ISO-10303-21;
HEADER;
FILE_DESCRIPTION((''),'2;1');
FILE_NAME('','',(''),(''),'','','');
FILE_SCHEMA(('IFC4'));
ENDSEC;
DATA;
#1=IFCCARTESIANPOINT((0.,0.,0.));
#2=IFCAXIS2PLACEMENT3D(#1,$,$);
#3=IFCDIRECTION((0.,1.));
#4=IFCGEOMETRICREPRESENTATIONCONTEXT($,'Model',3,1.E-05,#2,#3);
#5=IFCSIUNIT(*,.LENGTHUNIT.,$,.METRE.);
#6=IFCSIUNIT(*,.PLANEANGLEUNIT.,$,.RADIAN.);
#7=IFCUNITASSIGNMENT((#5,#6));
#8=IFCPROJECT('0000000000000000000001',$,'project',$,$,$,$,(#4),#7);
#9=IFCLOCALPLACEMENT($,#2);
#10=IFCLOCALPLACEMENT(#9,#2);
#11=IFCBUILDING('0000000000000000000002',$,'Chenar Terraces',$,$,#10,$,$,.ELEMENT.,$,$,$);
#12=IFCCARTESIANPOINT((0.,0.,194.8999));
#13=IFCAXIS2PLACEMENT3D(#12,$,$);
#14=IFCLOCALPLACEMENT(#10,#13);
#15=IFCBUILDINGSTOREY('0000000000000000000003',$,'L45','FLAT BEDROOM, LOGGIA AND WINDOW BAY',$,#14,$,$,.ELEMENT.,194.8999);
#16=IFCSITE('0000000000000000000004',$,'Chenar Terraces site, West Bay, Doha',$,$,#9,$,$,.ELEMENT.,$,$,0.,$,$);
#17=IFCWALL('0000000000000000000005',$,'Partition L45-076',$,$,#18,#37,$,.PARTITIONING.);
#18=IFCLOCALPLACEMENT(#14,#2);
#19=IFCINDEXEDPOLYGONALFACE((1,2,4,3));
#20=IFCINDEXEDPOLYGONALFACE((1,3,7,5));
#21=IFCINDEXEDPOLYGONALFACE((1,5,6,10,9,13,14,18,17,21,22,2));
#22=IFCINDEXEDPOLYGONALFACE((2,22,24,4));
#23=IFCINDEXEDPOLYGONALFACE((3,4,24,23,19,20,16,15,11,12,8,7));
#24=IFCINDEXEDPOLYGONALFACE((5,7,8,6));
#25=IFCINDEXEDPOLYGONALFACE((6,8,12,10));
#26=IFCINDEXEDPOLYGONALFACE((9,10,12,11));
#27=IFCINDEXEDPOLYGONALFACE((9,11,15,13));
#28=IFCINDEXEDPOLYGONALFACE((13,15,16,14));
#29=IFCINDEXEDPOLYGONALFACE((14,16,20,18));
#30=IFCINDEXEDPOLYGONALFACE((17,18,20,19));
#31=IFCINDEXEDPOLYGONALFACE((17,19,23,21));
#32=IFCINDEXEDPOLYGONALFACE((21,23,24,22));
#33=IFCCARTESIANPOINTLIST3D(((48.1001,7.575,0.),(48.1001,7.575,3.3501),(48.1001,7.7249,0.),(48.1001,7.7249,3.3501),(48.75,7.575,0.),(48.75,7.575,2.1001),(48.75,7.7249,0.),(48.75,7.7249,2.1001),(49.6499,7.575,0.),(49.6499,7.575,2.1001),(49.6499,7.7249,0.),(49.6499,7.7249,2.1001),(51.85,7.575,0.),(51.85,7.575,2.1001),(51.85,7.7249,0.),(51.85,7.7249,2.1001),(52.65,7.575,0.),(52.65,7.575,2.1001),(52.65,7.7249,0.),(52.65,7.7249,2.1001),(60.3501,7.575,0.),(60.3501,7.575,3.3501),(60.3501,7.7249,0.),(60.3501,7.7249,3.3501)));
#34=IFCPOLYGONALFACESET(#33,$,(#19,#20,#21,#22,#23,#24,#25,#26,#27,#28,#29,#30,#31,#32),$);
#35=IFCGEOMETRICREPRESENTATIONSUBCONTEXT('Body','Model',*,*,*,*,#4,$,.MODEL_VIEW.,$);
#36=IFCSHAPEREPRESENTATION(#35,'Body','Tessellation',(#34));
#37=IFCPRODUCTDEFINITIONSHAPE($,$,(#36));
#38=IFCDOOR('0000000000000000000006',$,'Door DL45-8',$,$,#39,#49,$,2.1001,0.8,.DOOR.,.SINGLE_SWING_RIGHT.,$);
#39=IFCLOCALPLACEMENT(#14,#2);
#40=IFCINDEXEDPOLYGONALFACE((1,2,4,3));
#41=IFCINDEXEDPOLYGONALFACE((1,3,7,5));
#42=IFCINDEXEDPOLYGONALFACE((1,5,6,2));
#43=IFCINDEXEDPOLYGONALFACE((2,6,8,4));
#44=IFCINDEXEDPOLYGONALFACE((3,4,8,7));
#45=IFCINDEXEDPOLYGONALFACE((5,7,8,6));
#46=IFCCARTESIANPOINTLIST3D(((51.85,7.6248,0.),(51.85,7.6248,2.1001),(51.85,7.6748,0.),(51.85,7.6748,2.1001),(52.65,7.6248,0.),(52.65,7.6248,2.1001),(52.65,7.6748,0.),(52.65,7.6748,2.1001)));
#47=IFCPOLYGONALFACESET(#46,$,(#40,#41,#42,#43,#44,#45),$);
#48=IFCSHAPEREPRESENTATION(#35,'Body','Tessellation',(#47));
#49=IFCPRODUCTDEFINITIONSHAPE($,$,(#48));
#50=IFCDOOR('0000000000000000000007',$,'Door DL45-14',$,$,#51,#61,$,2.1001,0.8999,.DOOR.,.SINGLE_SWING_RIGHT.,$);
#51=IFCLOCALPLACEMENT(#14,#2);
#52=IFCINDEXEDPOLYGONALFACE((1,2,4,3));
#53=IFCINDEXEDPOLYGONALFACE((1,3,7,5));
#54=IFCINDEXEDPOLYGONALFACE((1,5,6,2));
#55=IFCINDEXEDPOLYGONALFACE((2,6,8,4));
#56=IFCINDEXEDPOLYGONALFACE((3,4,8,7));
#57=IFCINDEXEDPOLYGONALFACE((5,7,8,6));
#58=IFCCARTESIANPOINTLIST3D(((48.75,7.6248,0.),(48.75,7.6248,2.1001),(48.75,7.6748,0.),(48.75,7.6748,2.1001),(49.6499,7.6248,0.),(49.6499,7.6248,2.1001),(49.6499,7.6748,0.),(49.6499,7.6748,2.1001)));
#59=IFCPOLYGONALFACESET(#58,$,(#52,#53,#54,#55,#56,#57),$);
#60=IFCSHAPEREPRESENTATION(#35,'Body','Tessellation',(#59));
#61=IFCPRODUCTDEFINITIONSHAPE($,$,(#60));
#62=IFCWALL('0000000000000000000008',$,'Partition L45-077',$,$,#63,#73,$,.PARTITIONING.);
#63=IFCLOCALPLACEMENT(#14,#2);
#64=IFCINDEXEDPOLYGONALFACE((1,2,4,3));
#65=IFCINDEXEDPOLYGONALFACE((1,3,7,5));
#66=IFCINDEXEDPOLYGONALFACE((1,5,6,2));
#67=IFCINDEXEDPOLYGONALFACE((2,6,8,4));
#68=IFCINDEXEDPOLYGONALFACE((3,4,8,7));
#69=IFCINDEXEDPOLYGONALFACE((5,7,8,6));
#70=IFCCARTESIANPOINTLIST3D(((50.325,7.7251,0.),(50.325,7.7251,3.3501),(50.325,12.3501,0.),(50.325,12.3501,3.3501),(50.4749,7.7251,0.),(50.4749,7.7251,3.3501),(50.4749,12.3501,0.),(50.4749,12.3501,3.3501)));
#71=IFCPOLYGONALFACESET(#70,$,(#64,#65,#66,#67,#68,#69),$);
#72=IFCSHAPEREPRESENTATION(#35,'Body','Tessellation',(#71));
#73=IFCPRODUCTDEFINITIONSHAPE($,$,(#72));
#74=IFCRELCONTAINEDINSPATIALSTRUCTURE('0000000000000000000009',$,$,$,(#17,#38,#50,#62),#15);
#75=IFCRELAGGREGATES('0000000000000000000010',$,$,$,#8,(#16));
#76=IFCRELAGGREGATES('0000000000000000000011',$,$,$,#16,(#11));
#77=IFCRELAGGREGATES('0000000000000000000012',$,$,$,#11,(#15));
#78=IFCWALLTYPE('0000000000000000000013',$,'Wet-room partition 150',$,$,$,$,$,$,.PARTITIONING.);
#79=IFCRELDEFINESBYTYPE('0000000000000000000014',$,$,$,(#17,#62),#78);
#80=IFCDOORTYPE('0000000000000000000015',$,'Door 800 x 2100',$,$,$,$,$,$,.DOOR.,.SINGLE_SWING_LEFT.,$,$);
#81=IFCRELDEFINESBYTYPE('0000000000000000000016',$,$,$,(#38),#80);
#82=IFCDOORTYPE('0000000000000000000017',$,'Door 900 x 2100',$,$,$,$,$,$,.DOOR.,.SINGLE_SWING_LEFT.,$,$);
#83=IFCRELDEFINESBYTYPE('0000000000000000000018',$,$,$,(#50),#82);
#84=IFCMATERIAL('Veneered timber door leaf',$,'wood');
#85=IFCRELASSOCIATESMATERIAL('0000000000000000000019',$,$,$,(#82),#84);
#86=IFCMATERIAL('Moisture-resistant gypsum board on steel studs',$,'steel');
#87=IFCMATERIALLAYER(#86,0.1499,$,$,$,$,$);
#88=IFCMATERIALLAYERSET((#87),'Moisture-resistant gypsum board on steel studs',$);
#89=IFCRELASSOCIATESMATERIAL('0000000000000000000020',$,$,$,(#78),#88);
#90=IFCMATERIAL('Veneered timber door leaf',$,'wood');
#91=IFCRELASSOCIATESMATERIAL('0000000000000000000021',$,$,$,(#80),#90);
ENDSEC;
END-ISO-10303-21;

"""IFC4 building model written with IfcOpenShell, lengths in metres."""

from ifc_helpers import new_model, si_unit, direction, frame, frame_2d, origin, place, context, subcontext, project, spatial, rectangle, extrude, material, layer, layer_set, type_object, element, fill, save


model = new_model("IFC4")

# Units and contexts
model_context = context("Model", 3, precision=1e-05, world=origin(), true_north=direction((0.0, 1.0)))
body_context = subcontext(model_context, "Body", "Model", "MODEL_VIEW")
ifc_project = project(units=[si_unit("LENGTHUNIT", "METRE"), si_unit("PLANEANGLEUNIT", "RADIAN")], contexts=[model_context])

# Site, building, storey
site_placement = place(None, origin())
site = spatial("IfcSite", under=ifc_project, at=site_placement, Name="Chenar Terraces site, West Bay, Doha", CompositionType="ELEMENT", RefElevation=0.0)
building_placement = place(site_placement, origin())
building = spatial("IfcBuilding", under=site, at=building_placement, Name="Chenar Terraces", CompositionType="ELEMENT")
storey_placement = place(building_placement, frame((0.0, 0.0, 194.8999)))
storey = spatial("IfcBuildingStorey", under=building, at=storey_placement, Name="L45", Description="FLAT BEDROOM, LOGGIA AND WINDOW BAY", CompositionType="ELEMENT", Elevation=194.8999)

# Shared definitions
ifc_material_1 = material(Name="Veneered timber door leaf", Category="wood")
door_type_1 = type_object("IfcDoorType", Name="Door 900 x 2100", OperationType="SINGLE_SWING_LEFT", PredefinedType="DOOR", material=ifc_material_1)

# Shared definitions
ifc_material_2 = material(Name="Moisture-resistant gypsum board on steel studs", Category="steel")
ifc_layer_1 = layer(ifc_material_2, 0.1499)
ifc_layer_set_1 = layer_set([ifc_layer_1], Name="Moisture-resistant gypsum board on steel studs")
wall_type_1 = type_object("IfcWallType", Name="Wet-room partition 150", PredefinedType="PARTITIONING", material=ifc_layer_set_1)

# Wall, openings, doors
wall_1_placement = place(storey_placement, frame((48.1001, 7.6499, 0.0), z_axis=(0.0, 0.0, 1.0), x_axis=(1.0, 0.0, 0.0)))
wall_1 = element("IfcWall", 1, at=wall_1_placement, inside=storey, type_object=wall_type_1, Name="Partition L45-076", PredefinedType="PARTITIONING", context=body_context, shape_type="SweptSolid", body=[
    extrude(rectangle(XDim=12.25, YDim=0.1499, at=frame_2d((6.125, 0.0))), origin(), (0.0, 0.0, 1.0), 3.3501),
])
opening_1_placement = place(wall_1_placement, frame((3.75, 0.0, 0.0)))
opening_1 = element("IfcOpeningElement", 2, at=opening_1_placement, cuts=wall_1, PredefinedType="OPENING", context=body_context, shape_type="SweptSolid", body=[
    extrude(rectangle(XDim=0.8, YDim=2.1001, at=frame_2d((0.3999, 1.05))), frame((0.0, 0.085, 0.0), z_axis=(0.0, -1.0, 0.0), x_axis=(1.0, 0.0, 0.0)), (0.0, 0.0, 1.0), 0.1699),
])
opening_2_placement = place(wall_1_placement, frame((0.6499, 0.0, 0.0)))
opening_2 = element("IfcOpeningElement", 3, at=opening_2_placement, cuts=wall_1, PredefinedType="OPENING", context=body_context, shape_type="SweptSolid", body=[
    extrude(rectangle(XDim=0.8999, YDim=2.1001, at=frame_2d((0.45, 1.05))), frame((0.0, 0.085, 0.0), z_axis=(0.0, -1.0, 0.0), x_axis=(1.0, 0.0, 0.0)), (0.0, 0.0, 1.0), 0.1699),
])
ifc_material_3 = material(Name="Veneered timber door leaf", Category="wood")
door_type_2 = type_object("IfcDoorType", Name="Door 800 x 2100", OperationType="SINGLE_SWING_LEFT", PredefinedType="DOOR", material=ifc_material_3)
door_1_placement = place(opening_1_placement, origin())
door_1 = element("IfcDoor", 4, at=door_1_placement, inside=storey, type_object=door_type_2, Name="Door DL45-8", OperationType="SINGLE_SWING_RIGHT", OverallHeight=2.1001, OverallWidth=0.8, PredefinedType="DOOR", context=body_context, shape_type="SweptSolid", body=[
    extrude(rectangle(XDim=0.8, YDim=2.1001, at=frame_2d((0.3999, 1.05))), frame((0.0, 0.0249, 0.0), z_axis=(0.0, -1.0, 0.0), x_axis=(1.0, 0.0, 0.0)), (0.0, 0.0, 1.0), 0.05),
])
fill(opening_1, door_1)
door_2_placement = place(opening_2_placement, origin())
door_2 = element("IfcDoor", 5, at=door_2_placement, inside=storey, type_object=door_type_1, Name="Door DL45-14", OperationType="SINGLE_SWING_RIGHT", OverallHeight=2.1001, OverallWidth=0.8999, PredefinedType="DOOR", context=body_context, shape_type="SweptSolid", body=[
    extrude(rectangle(XDim=0.8999, YDim=2.1001, at=frame_2d((0.45, 1.05))), frame((0.0, 0.0249, 0.0), z_axis=(0.0, -1.0, 0.0), x_axis=(1.0, 0.0, 0.0)), (0.0, 0.0, 1.0), 0.05),
])
fill(opening_2, door_2)

# Wall
wall_2_placement = place(storey_placement, frame((50.3999, 7.7251, 0.0), z_axis=(0.0, 0.0, 1.0), x_axis=(0.0, 1.0, 0.0)))
element("IfcWall", 6, at=wall_2_placement, inside=storey, type_object=wall_type_1, Name="Partition L45-077", PredefinedType="PARTITIONING", context=body_context, shape_type="SweptSolid", body=[
    extrude(rectangle(XDim=4.625, YDim=0.1499, at=frame_2d((2.3125, 0.0))), origin(), (0.0, 0.0, 1.0), 3.3501),
])

save(model, "model.ifc")
